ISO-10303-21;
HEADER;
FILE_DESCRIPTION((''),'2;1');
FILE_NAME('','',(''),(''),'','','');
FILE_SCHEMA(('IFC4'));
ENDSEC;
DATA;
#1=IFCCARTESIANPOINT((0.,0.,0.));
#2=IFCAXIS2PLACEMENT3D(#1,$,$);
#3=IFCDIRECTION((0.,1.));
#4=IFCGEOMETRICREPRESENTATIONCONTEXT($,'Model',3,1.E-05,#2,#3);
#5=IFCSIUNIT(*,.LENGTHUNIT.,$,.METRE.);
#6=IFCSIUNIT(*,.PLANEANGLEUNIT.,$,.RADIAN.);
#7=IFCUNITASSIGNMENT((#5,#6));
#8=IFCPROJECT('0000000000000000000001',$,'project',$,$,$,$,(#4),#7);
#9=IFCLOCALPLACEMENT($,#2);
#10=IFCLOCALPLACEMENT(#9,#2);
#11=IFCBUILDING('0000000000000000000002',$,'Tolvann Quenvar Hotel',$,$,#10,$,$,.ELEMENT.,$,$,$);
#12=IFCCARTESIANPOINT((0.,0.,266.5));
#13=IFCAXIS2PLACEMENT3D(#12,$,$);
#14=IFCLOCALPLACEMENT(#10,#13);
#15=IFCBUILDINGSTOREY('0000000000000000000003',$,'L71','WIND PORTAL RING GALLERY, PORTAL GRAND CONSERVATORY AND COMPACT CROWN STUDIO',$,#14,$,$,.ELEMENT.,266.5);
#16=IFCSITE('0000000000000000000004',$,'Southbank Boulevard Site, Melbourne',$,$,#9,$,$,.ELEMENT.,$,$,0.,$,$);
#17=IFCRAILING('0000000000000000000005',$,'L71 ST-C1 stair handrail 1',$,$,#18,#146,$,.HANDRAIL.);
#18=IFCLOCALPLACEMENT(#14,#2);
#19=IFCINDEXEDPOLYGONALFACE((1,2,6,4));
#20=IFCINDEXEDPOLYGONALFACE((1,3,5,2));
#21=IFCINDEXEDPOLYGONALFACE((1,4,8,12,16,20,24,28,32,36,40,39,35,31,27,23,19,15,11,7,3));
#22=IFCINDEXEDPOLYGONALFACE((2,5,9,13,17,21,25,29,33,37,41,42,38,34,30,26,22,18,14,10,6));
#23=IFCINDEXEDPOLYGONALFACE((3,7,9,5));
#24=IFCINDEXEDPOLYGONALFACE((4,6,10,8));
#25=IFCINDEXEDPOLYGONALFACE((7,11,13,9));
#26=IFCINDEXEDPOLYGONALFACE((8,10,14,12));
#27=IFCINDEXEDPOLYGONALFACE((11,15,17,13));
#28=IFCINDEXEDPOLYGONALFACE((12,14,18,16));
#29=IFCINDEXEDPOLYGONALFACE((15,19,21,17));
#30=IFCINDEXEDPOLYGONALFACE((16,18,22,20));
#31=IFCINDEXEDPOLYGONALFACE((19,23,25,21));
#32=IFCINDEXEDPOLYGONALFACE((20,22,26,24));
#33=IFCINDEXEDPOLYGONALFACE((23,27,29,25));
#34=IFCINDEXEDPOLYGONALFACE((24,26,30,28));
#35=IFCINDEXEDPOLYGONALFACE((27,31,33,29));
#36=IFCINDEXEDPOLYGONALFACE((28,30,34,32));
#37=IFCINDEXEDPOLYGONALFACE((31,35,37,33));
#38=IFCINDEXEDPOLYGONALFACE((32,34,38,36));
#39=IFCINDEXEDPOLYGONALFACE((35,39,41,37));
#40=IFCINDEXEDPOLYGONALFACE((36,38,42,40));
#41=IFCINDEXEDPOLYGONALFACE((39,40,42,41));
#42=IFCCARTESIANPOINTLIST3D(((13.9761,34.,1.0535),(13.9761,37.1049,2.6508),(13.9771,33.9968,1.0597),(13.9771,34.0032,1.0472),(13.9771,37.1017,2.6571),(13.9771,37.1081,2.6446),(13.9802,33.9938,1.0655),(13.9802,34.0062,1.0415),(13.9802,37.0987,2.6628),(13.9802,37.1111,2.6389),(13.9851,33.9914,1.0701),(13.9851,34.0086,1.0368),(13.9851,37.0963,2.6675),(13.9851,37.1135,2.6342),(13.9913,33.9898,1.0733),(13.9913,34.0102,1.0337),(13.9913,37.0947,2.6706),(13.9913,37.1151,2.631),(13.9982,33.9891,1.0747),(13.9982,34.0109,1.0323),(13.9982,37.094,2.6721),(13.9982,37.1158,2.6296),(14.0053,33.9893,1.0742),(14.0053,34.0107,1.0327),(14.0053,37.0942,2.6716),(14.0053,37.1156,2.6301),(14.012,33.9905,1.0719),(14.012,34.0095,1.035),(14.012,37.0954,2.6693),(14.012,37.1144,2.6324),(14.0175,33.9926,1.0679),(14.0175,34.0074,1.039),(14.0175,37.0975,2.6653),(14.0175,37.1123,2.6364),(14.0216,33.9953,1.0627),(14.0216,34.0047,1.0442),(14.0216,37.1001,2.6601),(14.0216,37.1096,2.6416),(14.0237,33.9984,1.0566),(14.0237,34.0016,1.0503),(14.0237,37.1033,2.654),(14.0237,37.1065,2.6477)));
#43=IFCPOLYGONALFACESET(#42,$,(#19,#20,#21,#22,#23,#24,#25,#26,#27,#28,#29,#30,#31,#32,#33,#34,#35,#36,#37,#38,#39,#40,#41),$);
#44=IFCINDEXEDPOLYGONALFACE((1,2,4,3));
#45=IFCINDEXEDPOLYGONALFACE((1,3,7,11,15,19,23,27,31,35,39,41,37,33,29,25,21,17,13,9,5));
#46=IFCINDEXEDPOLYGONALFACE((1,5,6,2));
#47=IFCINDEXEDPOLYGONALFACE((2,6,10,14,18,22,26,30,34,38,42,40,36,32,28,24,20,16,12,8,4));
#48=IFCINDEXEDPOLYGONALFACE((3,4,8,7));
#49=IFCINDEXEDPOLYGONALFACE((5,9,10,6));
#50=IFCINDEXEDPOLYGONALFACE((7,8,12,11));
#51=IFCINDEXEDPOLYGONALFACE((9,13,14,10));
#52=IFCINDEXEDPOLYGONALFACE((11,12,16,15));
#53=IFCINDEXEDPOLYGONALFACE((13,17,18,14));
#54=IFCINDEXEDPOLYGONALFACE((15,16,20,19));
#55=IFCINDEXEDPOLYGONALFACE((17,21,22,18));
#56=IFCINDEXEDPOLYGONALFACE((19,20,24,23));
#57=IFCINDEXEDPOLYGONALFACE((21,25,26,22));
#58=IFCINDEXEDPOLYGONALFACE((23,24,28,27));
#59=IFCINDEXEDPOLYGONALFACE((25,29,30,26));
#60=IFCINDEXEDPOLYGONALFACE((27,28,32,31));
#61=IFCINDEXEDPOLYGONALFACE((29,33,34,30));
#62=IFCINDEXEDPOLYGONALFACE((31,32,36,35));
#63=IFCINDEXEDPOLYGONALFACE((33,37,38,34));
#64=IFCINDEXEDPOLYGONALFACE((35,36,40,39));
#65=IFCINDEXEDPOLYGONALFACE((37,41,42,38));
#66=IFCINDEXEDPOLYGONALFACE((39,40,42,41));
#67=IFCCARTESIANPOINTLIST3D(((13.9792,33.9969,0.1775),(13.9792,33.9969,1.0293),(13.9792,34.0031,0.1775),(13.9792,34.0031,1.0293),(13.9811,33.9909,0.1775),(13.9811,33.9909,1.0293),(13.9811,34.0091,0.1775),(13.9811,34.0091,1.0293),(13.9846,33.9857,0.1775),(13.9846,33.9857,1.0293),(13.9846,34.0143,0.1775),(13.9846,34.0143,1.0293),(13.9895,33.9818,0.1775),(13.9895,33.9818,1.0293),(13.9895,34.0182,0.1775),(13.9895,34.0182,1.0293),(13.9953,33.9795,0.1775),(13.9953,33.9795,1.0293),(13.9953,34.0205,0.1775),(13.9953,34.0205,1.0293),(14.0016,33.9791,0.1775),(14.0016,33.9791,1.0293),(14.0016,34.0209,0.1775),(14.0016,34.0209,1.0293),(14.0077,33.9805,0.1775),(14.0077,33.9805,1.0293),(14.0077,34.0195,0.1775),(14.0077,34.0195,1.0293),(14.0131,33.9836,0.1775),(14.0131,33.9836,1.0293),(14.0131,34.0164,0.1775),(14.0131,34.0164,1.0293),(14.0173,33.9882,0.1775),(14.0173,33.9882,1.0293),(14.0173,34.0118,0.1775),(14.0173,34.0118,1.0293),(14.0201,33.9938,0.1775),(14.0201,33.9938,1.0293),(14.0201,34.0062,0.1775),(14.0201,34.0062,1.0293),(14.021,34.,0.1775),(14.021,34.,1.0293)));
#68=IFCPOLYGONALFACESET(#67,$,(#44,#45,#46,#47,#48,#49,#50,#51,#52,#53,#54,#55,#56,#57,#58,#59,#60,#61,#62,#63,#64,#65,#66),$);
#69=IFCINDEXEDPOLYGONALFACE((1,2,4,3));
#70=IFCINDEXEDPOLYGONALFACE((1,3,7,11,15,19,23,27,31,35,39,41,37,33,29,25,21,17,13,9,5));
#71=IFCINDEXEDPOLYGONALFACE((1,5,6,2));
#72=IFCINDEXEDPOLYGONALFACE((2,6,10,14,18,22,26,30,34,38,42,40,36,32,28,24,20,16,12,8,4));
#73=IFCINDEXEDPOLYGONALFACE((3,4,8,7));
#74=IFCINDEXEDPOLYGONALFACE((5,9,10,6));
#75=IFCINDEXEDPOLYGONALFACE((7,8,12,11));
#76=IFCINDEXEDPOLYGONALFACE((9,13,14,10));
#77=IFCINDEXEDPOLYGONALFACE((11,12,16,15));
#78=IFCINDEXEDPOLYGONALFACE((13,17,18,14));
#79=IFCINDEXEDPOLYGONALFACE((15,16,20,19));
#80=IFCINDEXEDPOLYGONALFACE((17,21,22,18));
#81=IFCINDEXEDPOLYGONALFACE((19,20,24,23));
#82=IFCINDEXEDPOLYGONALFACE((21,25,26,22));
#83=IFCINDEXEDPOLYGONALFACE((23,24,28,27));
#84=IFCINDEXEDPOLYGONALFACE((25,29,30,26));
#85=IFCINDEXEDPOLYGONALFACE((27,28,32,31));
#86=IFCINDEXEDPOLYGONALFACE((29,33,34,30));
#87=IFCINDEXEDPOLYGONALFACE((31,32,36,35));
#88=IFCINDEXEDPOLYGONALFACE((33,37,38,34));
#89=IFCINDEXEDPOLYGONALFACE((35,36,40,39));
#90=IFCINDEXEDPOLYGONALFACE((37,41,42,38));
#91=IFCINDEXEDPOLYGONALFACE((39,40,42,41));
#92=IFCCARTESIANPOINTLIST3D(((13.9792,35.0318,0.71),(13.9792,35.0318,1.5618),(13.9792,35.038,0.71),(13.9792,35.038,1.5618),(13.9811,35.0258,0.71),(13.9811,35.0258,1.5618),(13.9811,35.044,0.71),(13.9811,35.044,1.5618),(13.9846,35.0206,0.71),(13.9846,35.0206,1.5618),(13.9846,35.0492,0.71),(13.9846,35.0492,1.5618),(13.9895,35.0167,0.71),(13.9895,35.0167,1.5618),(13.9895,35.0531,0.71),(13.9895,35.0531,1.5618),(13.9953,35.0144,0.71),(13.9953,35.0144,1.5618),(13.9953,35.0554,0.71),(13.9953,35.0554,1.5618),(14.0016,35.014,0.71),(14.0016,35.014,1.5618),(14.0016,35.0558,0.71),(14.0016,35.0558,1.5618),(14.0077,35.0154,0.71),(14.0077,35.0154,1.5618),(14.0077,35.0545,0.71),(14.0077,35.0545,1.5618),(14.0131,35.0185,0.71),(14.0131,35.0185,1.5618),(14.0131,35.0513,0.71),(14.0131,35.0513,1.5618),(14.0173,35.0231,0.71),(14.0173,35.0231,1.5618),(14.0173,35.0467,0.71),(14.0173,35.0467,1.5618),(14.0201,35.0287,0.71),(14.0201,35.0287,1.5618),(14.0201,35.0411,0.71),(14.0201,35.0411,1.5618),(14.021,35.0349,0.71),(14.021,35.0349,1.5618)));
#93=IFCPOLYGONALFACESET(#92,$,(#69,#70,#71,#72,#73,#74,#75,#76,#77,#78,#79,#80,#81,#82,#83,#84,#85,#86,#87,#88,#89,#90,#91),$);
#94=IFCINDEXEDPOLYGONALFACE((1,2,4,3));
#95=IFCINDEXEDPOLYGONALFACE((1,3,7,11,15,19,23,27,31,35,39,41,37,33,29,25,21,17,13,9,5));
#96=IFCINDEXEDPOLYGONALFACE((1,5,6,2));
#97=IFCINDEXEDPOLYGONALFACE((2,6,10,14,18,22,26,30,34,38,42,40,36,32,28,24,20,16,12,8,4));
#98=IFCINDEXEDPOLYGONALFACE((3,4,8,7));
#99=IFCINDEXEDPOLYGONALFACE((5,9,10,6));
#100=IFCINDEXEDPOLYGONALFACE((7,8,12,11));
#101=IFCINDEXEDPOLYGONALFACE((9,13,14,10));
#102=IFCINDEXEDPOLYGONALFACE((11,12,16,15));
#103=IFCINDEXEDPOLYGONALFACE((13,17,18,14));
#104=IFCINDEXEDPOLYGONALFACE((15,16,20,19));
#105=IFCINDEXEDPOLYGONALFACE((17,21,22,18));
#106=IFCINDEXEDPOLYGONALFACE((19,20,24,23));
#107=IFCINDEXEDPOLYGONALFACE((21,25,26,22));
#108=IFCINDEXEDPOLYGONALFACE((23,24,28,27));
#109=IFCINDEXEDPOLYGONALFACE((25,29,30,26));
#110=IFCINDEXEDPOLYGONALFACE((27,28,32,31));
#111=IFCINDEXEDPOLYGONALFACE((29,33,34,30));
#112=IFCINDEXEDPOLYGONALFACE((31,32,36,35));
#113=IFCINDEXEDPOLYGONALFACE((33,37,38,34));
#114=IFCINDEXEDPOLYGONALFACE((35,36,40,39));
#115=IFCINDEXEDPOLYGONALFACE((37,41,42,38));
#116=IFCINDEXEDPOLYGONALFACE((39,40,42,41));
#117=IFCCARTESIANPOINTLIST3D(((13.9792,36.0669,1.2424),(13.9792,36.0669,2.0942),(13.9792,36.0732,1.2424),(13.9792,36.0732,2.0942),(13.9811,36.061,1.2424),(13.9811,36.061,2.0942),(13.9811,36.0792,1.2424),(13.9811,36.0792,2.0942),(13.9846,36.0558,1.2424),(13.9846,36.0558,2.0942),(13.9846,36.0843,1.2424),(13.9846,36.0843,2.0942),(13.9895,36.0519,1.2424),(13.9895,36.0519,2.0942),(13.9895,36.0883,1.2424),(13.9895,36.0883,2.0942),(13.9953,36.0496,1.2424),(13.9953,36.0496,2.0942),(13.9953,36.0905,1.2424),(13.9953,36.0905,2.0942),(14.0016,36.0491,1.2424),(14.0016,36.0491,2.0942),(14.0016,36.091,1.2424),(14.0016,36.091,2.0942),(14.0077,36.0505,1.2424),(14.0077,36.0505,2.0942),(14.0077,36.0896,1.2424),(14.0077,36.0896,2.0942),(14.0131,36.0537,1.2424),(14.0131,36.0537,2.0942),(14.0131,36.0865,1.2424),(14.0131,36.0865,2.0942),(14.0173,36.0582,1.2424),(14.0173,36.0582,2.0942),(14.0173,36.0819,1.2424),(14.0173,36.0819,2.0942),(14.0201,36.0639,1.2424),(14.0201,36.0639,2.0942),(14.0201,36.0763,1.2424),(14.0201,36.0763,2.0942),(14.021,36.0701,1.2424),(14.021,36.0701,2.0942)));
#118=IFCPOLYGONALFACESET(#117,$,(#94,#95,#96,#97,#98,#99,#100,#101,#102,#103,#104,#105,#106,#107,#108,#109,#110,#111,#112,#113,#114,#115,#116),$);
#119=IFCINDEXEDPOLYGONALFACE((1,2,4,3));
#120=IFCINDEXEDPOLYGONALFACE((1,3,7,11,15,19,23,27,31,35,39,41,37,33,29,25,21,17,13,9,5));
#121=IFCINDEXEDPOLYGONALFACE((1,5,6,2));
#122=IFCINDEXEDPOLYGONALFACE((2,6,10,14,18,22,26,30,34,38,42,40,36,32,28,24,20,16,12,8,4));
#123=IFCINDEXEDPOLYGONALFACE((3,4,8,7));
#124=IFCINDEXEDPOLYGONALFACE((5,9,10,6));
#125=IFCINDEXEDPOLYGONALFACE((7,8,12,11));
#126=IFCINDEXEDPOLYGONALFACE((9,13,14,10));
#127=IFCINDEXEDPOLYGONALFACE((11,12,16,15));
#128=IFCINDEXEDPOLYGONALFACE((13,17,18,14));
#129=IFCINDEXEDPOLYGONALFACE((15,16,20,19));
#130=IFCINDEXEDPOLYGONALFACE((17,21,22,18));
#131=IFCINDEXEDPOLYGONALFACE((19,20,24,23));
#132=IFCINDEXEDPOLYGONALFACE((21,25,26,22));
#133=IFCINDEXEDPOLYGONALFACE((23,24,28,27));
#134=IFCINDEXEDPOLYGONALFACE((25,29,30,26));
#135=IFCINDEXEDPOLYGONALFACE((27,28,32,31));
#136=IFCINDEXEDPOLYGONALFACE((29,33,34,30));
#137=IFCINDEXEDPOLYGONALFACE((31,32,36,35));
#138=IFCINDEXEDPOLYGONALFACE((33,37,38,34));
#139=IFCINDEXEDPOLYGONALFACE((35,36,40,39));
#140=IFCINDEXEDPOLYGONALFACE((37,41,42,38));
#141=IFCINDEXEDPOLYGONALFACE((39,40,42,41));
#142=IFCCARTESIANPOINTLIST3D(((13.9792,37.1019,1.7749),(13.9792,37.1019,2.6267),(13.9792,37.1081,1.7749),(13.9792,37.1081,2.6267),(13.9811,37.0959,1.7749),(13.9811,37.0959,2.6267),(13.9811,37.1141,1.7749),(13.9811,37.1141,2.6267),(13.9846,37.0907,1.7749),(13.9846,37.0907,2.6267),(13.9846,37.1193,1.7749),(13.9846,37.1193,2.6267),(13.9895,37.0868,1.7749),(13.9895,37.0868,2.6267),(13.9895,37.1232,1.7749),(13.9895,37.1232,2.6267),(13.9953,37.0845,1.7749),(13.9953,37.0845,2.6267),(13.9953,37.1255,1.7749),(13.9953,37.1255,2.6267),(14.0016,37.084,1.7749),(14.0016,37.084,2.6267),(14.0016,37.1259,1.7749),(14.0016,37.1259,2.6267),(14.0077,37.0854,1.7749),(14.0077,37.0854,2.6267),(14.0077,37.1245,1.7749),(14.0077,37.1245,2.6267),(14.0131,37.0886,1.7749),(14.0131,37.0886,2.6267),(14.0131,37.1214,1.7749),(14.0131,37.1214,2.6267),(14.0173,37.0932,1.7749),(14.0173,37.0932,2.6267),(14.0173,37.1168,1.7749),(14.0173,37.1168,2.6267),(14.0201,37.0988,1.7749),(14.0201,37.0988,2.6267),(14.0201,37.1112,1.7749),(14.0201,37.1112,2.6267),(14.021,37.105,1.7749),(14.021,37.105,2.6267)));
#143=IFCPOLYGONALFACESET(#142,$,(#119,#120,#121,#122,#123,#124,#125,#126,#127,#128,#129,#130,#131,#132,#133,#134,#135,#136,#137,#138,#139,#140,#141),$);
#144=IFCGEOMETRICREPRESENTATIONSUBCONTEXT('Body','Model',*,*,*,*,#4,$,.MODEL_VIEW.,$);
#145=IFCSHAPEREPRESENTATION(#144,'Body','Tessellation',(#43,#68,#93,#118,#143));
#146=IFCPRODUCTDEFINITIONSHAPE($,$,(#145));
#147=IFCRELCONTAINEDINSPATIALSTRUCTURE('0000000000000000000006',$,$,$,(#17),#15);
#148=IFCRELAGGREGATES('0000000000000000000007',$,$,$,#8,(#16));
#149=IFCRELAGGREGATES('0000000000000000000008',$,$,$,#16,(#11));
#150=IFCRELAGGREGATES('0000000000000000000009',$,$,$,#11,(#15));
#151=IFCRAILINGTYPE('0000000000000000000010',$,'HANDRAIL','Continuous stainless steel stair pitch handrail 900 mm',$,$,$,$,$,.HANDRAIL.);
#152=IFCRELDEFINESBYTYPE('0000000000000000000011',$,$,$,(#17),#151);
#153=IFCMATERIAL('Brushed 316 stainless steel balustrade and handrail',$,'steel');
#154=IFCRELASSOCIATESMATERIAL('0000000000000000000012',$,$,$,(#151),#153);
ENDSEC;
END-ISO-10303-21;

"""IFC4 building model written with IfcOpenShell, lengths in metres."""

from ifc_helpers import new_model, si_unit, direction, frame, origin, origin_2d, place, context, subcontext, project, spatial, circle, extrude, material, type_object, element, save


model = new_model("IFC4")

# Units and contexts
model_context = context("Model", 3, precision=1e-05, world=origin(), true_north=direction((0.0, 1.0)))
body_context = subcontext(model_context, "Body", "Model", "MODEL_VIEW")
ifc_project = project(units=[si_unit("LENGTHUNIT", "METRE"), si_unit("PLANEANGLEUNIT", "RADIAN")], contexts=[model_context])

# Site, building, storey
site_placement = place(None, origin())
site = spatial("IfcSite", under=ifc_project, at=site_placement, Name="Southbank Boulevard Site, Melbourne", CompositionType="ELEMENT", RefElevation=0.0)
building_placement = place(site_placement, origin())
building = spatial("IfcBuilding", under=site, at=building_placement, Name="Tolvann Quenvar Hotel", CompositionType="ELEMENT")
storey_placement = place(building_placement, frame((0.0, 0.0, 266.5)))
storey = spatial("IfcBuildingStorey", under=building, at=storey_placement, Name="L71", Description="WIND PORTAL RING GALLERY, PORTAL GRAND CONSERVATORY AND COMPACT CROWN STUDIO", CompositionType="ELEMENT", Elevation=266.5)

# Railing
ifc_material_1 = material(Name="Brushed 316 stainless steel balustrade and handrail", Category="steel")
railing_type_1 = type_object("IfcRailingType", Name="HANDRAIL", Description="Continuous stainless steel stair pitch handrail 900 mm", PredefinedType="HANDRAIL", material=ifc_material_1)
railing_1_placement = place(storey_placement, frame((14.0, 34.0, 0.1775)))
element("IfcRailing", 1, at=railing_1_placement, inside=storey, type_object=railing_type_1, Name="L71 ST-C1 stair handrail 1", PredefinedType="HANDRAIL", context=body_context, shape_type="SweptSolid", body=[
    extrude(circle(Radius=0.0239, at=origin_2d()), frame((0.0, 0.0, 0.876), z_axis=(0.0, 0.889222, 0.457476), x_axis=(-1.0, 0.0, 0.0)), (0.0, 0.0, 1.0), 3.4917),
    extrude(circle(Radius=0.021, at=origin_2d()), origin(), (0.0, 0.0, 1.0), 0.8518),
    extrude(circle(Radius=0.021, at=origin_2d()), frame((0.0, 1.0349, 0.5325)), (0.0, 0.0, 1.0), 0.8518),
    extrude(circle(Radius=0.021, at=origin_2d()), frame((0.0, 2.0701, 1.0649)), (0.0, 0.0, 1.0), 0.8518),
    extrude(circle(Radius=0.021, at=origin_2d()), frame((0.0, 3.105, 1.5974)), (0.0, 0.0, 1.0), 0.8518),
])

save(model, "model.ifc")
